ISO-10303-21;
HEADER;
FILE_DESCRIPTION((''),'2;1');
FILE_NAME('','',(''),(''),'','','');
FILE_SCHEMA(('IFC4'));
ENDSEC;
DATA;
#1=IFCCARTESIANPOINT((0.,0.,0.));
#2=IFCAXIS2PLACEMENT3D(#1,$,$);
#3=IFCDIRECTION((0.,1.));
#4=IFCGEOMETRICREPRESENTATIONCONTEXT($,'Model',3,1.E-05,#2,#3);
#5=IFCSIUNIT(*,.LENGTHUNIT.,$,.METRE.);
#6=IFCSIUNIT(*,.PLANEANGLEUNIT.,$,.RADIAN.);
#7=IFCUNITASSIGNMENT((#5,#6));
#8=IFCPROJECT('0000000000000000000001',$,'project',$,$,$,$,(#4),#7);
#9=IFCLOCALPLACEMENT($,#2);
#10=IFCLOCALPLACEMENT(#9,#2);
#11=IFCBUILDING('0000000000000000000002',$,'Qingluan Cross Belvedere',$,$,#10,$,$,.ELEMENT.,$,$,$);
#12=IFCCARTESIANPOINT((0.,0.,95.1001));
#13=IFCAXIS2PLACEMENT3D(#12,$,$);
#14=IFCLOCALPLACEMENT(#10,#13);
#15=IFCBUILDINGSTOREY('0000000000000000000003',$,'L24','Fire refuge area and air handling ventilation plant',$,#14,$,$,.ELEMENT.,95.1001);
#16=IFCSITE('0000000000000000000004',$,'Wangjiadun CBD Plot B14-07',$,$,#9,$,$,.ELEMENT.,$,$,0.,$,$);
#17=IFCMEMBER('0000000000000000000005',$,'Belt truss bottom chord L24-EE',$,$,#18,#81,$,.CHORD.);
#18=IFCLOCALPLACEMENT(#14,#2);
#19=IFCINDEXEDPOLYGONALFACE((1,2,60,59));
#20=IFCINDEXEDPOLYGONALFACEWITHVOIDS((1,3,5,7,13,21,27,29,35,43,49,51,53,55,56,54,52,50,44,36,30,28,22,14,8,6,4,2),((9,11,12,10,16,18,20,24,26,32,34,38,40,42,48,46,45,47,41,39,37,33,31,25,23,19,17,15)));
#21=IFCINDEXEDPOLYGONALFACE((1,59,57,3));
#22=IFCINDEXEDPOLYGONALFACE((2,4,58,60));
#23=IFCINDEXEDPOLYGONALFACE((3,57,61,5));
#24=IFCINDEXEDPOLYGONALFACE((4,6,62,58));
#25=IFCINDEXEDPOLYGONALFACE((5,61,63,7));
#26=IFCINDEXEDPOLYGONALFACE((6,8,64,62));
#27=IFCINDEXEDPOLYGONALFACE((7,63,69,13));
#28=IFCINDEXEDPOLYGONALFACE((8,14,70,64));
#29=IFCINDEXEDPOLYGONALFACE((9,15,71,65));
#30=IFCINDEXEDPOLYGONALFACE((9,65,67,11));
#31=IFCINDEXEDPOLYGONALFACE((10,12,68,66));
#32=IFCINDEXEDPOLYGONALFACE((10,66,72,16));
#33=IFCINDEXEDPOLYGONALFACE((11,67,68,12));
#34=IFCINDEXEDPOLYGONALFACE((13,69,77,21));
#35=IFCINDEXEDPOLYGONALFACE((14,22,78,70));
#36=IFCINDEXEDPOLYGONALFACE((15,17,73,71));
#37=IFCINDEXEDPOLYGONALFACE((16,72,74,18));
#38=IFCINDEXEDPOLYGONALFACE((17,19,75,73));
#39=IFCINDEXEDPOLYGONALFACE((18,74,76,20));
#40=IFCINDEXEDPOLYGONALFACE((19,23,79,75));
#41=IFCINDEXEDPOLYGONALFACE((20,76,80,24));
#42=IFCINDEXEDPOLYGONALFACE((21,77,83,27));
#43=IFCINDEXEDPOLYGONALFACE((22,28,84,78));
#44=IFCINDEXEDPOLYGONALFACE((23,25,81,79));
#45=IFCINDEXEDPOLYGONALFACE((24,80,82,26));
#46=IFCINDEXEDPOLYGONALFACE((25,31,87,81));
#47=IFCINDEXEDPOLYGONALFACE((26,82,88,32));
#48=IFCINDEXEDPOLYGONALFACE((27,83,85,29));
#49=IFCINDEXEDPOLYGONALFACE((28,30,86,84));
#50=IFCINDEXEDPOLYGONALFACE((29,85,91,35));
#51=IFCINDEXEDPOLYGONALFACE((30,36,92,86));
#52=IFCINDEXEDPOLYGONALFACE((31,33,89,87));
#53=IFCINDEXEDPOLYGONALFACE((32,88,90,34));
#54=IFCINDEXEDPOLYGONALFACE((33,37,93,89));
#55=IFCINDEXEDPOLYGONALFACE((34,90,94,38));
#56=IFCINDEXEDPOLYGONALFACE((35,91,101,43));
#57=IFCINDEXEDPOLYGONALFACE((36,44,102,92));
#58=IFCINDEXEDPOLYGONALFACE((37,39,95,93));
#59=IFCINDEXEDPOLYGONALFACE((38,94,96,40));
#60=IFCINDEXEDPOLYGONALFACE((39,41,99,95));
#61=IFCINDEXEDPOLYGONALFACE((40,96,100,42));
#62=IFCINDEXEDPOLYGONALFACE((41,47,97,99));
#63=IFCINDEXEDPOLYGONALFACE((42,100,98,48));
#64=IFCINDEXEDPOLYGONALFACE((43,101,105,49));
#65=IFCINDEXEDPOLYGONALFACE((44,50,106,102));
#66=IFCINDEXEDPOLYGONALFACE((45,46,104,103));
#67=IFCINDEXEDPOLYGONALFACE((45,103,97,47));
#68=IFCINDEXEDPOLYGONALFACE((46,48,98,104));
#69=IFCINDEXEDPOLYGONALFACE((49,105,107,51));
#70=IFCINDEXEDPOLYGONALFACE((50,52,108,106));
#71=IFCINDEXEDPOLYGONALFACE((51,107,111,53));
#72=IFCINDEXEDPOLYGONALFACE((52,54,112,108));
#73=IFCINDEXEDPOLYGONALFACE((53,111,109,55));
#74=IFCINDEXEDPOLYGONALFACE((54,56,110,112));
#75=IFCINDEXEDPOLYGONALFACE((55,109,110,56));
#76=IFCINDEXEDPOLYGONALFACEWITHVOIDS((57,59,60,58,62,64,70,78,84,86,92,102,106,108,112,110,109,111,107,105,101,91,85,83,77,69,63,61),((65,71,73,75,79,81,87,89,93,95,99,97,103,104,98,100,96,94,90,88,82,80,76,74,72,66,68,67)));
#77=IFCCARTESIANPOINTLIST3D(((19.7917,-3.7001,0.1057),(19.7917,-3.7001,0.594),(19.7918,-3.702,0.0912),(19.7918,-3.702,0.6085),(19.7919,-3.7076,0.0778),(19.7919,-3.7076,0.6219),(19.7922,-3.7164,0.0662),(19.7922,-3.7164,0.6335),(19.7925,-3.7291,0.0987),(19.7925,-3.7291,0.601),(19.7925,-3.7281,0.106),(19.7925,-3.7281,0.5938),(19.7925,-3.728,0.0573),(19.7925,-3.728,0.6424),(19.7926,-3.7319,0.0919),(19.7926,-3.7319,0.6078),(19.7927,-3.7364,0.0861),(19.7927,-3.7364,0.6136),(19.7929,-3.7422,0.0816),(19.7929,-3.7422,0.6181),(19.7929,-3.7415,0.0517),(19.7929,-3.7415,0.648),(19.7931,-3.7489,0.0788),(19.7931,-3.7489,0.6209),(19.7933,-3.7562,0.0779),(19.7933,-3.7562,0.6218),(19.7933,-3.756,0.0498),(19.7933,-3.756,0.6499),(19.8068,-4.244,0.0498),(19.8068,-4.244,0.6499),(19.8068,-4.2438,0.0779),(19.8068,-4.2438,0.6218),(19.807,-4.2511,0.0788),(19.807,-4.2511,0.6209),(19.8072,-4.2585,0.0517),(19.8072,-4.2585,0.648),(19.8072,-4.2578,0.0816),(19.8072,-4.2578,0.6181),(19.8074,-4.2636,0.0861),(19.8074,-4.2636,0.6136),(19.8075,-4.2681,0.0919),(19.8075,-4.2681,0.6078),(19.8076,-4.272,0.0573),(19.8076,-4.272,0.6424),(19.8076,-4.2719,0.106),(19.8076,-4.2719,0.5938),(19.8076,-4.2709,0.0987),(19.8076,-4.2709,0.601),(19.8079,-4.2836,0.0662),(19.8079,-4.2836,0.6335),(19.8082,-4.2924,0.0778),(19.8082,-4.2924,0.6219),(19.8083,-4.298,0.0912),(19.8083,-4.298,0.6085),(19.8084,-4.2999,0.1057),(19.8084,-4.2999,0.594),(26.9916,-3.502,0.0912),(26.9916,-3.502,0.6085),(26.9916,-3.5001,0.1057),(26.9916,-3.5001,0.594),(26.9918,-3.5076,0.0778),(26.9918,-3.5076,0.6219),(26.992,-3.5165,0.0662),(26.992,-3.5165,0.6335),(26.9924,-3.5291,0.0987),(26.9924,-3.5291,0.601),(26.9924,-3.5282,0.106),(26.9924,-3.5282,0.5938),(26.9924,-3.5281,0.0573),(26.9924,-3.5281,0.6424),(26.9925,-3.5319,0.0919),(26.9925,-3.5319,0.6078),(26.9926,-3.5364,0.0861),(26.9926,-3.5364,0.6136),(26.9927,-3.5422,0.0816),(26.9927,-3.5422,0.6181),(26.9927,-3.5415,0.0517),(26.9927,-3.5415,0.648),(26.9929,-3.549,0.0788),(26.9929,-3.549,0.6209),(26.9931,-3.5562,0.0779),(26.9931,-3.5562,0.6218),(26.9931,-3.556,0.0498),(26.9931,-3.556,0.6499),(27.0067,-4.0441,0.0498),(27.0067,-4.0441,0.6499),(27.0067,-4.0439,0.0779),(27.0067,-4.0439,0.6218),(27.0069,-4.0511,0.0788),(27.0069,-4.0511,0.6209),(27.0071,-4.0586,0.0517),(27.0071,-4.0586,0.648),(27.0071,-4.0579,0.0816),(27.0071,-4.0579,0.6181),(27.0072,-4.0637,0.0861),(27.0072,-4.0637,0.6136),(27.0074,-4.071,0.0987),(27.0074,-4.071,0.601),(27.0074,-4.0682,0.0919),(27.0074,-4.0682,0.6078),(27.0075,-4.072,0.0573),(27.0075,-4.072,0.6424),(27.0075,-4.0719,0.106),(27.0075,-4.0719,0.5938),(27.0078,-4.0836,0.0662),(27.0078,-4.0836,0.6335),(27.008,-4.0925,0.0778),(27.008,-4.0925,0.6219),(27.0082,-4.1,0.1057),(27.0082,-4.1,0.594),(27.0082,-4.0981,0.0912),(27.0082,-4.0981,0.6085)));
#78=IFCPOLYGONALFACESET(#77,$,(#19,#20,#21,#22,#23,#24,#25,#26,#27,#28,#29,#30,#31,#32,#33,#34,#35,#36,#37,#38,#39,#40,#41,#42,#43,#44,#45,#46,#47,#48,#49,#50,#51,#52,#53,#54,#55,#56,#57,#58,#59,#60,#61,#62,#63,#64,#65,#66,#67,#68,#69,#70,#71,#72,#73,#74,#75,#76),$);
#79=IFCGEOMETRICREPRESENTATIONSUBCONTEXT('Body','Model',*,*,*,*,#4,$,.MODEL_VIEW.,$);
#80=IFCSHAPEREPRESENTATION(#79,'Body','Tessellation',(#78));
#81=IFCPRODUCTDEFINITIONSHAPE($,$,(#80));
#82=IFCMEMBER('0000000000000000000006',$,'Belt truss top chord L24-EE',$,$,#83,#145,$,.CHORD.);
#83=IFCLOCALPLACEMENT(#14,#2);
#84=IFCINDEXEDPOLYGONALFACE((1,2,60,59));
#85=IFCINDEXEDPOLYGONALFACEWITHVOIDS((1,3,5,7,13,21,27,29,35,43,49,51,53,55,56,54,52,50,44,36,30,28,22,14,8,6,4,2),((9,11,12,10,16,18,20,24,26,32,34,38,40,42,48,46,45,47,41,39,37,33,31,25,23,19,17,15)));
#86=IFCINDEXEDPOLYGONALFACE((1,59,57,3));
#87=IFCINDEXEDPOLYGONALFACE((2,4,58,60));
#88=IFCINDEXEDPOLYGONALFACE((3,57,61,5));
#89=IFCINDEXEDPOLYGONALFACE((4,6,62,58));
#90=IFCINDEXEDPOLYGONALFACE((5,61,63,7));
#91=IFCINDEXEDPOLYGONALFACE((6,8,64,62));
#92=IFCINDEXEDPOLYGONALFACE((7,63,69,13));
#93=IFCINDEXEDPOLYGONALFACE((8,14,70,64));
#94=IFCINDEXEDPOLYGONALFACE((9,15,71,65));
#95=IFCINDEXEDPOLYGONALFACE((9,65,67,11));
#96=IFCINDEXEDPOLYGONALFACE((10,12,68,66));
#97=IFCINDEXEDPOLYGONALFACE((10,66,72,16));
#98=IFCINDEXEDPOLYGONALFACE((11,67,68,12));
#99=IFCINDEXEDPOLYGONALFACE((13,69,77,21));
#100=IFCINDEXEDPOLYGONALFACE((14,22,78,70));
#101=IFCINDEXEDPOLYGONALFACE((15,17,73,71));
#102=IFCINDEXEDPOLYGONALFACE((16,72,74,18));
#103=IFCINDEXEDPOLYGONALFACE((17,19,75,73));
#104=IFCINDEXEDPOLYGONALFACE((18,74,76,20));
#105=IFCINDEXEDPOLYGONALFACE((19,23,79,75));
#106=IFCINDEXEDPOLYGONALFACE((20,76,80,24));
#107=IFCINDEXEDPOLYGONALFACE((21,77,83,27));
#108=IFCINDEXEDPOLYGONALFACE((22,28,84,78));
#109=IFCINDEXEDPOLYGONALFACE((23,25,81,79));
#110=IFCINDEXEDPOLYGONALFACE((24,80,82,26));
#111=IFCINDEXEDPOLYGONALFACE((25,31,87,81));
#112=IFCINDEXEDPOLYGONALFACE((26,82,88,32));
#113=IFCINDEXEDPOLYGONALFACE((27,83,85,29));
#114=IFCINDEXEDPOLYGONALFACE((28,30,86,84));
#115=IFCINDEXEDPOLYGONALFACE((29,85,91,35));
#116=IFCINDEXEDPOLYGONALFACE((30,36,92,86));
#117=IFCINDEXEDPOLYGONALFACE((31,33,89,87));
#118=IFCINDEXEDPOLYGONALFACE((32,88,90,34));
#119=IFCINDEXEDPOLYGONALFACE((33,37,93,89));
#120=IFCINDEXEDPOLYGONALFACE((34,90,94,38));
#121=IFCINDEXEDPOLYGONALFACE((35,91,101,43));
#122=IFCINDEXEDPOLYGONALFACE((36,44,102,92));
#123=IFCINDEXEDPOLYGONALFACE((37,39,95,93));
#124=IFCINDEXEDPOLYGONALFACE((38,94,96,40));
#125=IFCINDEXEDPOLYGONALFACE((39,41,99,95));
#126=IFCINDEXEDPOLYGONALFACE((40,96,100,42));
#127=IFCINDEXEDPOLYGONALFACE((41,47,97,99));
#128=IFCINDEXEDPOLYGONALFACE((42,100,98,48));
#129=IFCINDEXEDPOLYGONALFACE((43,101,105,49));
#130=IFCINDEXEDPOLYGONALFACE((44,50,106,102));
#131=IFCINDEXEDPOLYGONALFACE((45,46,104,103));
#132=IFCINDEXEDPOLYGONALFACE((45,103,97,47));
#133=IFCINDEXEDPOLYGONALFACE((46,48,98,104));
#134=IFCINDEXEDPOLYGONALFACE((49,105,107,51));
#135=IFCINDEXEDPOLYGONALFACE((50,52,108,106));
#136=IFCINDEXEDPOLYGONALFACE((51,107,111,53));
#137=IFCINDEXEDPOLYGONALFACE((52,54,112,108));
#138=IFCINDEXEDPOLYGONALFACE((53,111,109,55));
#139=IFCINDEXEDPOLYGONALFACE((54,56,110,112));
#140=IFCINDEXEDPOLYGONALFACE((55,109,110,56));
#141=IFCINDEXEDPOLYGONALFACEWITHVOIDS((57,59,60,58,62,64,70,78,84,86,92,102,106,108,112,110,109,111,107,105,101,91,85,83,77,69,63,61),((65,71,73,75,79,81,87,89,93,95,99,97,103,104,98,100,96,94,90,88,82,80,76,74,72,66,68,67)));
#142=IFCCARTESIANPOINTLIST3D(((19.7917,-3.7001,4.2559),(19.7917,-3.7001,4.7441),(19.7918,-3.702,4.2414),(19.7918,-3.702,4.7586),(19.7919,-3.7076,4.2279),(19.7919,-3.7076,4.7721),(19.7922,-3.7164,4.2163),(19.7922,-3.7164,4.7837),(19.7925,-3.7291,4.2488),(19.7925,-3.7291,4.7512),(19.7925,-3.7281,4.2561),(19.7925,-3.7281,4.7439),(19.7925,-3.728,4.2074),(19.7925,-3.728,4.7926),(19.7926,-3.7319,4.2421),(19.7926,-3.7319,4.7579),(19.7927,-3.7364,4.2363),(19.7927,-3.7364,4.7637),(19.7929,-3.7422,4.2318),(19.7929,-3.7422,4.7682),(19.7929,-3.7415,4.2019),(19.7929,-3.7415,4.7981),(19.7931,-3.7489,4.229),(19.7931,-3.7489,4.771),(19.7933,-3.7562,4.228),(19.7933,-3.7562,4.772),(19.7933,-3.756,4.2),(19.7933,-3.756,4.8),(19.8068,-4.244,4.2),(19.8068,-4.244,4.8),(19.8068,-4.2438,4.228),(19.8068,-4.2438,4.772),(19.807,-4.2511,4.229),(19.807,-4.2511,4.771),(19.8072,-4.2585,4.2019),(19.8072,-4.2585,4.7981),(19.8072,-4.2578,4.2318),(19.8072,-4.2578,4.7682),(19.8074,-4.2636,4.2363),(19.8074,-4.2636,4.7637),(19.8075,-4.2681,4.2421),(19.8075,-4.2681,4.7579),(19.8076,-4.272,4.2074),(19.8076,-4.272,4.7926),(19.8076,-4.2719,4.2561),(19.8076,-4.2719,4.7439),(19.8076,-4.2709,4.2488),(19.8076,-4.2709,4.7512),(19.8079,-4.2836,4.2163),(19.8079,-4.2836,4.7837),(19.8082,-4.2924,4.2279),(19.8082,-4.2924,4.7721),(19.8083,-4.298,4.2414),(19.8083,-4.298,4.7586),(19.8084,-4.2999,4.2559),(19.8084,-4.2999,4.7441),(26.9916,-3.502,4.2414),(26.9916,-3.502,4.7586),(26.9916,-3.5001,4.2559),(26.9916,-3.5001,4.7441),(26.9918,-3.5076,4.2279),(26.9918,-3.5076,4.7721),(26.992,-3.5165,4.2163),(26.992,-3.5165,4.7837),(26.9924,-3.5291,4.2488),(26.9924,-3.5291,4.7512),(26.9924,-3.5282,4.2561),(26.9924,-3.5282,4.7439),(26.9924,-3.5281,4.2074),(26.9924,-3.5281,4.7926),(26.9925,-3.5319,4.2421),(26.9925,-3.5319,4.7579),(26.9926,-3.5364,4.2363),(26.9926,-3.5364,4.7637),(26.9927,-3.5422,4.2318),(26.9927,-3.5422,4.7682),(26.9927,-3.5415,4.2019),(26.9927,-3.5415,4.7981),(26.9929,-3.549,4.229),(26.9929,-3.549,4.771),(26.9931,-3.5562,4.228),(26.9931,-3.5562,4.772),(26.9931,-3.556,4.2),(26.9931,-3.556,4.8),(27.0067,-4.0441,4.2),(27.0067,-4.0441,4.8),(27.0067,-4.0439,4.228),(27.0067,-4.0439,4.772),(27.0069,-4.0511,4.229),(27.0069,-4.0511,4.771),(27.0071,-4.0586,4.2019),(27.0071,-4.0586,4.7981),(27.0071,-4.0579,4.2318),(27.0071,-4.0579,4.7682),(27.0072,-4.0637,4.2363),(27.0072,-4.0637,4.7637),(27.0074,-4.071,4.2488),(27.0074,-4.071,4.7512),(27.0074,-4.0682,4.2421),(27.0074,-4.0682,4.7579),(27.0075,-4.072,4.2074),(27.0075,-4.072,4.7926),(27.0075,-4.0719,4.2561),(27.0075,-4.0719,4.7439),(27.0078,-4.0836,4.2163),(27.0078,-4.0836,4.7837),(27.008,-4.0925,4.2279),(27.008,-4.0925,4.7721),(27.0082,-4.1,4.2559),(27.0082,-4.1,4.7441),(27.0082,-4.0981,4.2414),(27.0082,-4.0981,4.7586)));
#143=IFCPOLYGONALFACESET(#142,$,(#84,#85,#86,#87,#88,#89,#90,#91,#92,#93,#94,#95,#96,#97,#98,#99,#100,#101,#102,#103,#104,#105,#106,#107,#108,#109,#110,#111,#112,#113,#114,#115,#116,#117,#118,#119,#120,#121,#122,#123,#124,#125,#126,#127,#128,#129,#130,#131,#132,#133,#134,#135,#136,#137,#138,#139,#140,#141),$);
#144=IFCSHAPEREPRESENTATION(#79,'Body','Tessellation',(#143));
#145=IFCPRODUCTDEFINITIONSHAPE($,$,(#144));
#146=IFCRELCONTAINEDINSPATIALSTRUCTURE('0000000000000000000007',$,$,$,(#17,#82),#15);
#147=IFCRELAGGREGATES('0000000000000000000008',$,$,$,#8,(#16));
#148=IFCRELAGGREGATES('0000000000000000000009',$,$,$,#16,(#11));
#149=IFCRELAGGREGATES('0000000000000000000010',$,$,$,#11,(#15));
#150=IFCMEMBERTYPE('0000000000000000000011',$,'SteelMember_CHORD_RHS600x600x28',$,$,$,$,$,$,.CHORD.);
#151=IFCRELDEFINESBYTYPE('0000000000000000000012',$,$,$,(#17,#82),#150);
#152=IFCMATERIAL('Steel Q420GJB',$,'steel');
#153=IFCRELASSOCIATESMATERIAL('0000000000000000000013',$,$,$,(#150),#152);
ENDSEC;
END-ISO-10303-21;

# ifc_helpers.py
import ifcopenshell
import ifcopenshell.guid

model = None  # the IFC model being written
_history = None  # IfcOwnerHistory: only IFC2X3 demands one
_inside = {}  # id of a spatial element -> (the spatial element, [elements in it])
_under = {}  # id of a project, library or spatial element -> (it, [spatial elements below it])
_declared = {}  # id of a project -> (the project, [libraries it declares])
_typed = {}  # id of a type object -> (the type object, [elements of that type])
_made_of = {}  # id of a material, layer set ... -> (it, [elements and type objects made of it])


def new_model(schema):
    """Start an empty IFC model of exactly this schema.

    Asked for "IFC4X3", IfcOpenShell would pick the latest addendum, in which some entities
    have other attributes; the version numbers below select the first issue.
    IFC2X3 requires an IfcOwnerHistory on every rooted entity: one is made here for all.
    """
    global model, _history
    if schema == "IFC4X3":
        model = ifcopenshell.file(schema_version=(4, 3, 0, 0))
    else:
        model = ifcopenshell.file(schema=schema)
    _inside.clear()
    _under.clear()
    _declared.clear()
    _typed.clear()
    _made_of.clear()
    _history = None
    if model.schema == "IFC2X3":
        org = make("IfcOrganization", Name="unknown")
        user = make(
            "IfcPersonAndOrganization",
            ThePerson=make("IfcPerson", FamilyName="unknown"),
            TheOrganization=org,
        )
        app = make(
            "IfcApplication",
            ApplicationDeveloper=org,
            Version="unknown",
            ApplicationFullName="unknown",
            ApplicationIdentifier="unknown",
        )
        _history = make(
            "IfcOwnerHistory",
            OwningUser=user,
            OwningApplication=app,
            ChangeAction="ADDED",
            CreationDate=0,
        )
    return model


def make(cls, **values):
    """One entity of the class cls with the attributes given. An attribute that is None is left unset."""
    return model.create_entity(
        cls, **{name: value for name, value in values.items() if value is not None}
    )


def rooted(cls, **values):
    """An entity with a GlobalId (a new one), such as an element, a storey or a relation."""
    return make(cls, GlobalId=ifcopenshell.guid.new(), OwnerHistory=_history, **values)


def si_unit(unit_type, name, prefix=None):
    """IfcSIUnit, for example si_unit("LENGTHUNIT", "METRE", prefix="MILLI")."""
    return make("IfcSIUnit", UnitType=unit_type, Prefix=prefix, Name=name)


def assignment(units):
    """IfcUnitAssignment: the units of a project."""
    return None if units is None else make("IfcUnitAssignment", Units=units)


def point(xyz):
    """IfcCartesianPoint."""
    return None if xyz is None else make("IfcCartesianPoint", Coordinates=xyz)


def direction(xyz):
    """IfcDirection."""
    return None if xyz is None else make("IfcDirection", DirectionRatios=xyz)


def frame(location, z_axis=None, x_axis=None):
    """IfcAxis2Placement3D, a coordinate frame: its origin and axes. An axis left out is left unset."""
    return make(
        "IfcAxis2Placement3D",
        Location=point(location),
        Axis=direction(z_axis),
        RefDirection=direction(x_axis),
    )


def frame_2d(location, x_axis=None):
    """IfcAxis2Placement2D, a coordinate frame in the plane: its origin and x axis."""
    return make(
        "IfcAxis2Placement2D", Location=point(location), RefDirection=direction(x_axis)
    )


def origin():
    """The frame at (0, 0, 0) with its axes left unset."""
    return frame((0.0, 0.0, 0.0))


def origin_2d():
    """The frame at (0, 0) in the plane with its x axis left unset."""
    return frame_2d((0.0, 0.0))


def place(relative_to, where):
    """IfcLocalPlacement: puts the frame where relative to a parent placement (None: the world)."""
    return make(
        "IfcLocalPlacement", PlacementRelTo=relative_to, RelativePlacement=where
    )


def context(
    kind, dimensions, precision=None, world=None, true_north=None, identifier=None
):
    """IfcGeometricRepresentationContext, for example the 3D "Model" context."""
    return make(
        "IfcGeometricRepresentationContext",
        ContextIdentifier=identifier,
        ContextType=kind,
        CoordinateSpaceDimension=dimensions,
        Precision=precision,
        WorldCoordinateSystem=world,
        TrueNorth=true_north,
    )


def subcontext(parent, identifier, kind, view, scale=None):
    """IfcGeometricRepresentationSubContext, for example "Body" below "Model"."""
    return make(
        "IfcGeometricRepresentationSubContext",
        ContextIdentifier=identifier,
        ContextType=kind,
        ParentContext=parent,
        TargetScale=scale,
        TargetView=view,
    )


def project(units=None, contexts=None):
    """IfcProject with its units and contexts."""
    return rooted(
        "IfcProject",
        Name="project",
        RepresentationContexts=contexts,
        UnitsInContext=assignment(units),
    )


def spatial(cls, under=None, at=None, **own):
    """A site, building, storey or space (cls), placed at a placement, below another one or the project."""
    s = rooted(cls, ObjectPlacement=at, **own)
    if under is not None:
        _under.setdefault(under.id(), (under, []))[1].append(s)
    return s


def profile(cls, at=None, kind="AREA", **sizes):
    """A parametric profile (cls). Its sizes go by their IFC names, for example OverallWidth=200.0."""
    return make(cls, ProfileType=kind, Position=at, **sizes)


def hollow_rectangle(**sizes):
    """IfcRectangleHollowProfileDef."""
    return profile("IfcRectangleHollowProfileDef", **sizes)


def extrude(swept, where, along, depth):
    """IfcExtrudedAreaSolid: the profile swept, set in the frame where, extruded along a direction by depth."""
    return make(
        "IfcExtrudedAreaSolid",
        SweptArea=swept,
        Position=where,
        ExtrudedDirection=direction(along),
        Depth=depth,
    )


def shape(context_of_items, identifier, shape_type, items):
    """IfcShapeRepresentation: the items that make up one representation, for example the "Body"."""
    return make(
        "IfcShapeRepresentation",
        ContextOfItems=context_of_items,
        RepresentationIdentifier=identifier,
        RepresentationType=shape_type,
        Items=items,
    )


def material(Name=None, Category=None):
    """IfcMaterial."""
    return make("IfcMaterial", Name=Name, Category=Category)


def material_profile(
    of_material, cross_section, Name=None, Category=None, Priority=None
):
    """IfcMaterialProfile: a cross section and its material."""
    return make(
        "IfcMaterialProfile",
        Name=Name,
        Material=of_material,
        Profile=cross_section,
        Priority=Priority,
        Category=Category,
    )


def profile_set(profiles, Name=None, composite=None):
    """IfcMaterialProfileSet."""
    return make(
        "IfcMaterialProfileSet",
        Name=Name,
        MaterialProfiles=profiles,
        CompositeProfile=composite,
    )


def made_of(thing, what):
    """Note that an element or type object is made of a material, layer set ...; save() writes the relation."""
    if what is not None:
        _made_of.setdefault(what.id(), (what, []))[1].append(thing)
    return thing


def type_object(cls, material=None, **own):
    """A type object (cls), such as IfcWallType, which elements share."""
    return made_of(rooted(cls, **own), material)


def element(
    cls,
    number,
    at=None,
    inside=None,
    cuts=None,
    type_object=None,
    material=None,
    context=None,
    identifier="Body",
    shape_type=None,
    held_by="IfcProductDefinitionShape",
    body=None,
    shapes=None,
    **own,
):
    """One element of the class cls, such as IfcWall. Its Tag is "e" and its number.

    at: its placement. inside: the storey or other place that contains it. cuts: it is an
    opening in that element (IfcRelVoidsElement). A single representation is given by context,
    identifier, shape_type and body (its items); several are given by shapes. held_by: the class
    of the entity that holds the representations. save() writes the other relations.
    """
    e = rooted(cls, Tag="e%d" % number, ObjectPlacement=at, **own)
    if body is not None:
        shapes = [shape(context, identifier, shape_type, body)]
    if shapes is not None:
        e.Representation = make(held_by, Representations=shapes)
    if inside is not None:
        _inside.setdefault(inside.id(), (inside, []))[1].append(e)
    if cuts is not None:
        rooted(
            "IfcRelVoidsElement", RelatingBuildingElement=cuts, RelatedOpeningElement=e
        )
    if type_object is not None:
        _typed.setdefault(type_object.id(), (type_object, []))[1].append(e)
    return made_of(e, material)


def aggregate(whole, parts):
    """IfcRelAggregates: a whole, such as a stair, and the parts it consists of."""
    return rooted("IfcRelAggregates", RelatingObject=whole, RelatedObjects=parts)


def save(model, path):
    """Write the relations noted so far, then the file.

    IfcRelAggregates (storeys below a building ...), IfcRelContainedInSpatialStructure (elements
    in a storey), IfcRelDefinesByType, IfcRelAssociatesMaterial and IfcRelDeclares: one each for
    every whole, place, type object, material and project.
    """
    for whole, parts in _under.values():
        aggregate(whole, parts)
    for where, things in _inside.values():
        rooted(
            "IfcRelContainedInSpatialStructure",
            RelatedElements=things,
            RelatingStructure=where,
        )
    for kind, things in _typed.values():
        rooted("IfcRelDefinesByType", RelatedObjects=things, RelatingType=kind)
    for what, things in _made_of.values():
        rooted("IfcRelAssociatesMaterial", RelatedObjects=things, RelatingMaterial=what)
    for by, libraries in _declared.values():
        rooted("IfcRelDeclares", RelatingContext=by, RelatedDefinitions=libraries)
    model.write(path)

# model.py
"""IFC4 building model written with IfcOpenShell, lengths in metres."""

from ifc_helpers import new_model, si_unit, direction, frame, origin, origin_2d, place, context, subcontext, project, spatial, hollow_rectangle, extrude, material, material_profile, profile_set, type_object, element, save


model = new_model("IFC4")

# Units and contexts
model_context = context("Model", 3, precision=1e-05, world=origin(), true_north=direction((0.0, 1.0)))
body_context = subcontext(model_context, "Body", "Model", "MODEL_VIEW")
ifc_project = project(units=[si_unit("LENGTHUNIT", "METRE"), si_unit("PLANEANGLEUNIT", "RADIAN")], contexts=[model_context])

# Site, building, storey
site_placement = place(None, origin())
site = spatial("IfcSite", under=ifc_project, at=site_placement, Name="Wangjiadun CBD Plot B14-07", CompositionType="ELEMENT", RefElevation=0.0)
building_placement = place(site_placement, origin())
building = spatial("IfcBuilding", under=site, at=building_placement, Name="Qingluan Cross Belvedere", CompositionType="ELEMENT")
storey_placement = place(building_placement, frame((0.0, 0.0, 95.1001)))
storey = spatial("IfcBuildingStorey", under=building, at=storey_placement, Name="L24", Description="Fire refuge area and air handling ventilation plant", CompositionType="ELEMENT", Elevation=95.1001)

# Members
ifc_material_1 = material(Name="Steel Q420GJB", Category="steel")
ifc_material_profile_1 = material_profile(ifc_material_1, hollow_rectangle(XDim=0.6001, YDim=0.6001, WallThickness=0.0281, InnerFilletRadius=0.0281, OuterFilletRadius=0.0559, at=origin_2d()), Name="RHS600x600x28")
ifc_profile_set_1 = profile_set([ifc_material_profile_1], Name="Steel Q420GJB")
member_type_1 = type_object("IfcMemberType", Name="SteelMember_CHORD_RHS600x600x28", PredefinedType="CHORD", material=ifc_profile_set_1)
for number, where, z_axis, x_axis, name in (
    (1, (19.8, -4.0, 0.3499), (0.999615, 0.02776, 0.0), (-0.02776, 0.999615, 0.0), "Belt truss bottom chord L24-EE"),
    (2, (19.8, -4.0, 4.5), (0.999615, 0.02776, 0.0), (-0.02776, 0.999615, 0.0), "Belt truss top chord L24-EE"),
):
    element("IfcMember", number, at=place(storey_placement, frame(where, z_axis=z_axis, x_axis=x_axis)), inside=storey, type_object=member_type_1, Name=name, PredefinedType="CHORD", context=body_context, shape_type="SweptSolid", body=[
        extrude(hollow_rectangle(XDim=0.6001, YDim=0.6001, WallThickness=0.0281, InnerFilletRadius=0.0281, OuterFilletRadius=0.0559, at=origin_2d()), origin(), (0.0, 0.0, 1.0), 7.2026),
    ])

save(model, "model.ifc")
